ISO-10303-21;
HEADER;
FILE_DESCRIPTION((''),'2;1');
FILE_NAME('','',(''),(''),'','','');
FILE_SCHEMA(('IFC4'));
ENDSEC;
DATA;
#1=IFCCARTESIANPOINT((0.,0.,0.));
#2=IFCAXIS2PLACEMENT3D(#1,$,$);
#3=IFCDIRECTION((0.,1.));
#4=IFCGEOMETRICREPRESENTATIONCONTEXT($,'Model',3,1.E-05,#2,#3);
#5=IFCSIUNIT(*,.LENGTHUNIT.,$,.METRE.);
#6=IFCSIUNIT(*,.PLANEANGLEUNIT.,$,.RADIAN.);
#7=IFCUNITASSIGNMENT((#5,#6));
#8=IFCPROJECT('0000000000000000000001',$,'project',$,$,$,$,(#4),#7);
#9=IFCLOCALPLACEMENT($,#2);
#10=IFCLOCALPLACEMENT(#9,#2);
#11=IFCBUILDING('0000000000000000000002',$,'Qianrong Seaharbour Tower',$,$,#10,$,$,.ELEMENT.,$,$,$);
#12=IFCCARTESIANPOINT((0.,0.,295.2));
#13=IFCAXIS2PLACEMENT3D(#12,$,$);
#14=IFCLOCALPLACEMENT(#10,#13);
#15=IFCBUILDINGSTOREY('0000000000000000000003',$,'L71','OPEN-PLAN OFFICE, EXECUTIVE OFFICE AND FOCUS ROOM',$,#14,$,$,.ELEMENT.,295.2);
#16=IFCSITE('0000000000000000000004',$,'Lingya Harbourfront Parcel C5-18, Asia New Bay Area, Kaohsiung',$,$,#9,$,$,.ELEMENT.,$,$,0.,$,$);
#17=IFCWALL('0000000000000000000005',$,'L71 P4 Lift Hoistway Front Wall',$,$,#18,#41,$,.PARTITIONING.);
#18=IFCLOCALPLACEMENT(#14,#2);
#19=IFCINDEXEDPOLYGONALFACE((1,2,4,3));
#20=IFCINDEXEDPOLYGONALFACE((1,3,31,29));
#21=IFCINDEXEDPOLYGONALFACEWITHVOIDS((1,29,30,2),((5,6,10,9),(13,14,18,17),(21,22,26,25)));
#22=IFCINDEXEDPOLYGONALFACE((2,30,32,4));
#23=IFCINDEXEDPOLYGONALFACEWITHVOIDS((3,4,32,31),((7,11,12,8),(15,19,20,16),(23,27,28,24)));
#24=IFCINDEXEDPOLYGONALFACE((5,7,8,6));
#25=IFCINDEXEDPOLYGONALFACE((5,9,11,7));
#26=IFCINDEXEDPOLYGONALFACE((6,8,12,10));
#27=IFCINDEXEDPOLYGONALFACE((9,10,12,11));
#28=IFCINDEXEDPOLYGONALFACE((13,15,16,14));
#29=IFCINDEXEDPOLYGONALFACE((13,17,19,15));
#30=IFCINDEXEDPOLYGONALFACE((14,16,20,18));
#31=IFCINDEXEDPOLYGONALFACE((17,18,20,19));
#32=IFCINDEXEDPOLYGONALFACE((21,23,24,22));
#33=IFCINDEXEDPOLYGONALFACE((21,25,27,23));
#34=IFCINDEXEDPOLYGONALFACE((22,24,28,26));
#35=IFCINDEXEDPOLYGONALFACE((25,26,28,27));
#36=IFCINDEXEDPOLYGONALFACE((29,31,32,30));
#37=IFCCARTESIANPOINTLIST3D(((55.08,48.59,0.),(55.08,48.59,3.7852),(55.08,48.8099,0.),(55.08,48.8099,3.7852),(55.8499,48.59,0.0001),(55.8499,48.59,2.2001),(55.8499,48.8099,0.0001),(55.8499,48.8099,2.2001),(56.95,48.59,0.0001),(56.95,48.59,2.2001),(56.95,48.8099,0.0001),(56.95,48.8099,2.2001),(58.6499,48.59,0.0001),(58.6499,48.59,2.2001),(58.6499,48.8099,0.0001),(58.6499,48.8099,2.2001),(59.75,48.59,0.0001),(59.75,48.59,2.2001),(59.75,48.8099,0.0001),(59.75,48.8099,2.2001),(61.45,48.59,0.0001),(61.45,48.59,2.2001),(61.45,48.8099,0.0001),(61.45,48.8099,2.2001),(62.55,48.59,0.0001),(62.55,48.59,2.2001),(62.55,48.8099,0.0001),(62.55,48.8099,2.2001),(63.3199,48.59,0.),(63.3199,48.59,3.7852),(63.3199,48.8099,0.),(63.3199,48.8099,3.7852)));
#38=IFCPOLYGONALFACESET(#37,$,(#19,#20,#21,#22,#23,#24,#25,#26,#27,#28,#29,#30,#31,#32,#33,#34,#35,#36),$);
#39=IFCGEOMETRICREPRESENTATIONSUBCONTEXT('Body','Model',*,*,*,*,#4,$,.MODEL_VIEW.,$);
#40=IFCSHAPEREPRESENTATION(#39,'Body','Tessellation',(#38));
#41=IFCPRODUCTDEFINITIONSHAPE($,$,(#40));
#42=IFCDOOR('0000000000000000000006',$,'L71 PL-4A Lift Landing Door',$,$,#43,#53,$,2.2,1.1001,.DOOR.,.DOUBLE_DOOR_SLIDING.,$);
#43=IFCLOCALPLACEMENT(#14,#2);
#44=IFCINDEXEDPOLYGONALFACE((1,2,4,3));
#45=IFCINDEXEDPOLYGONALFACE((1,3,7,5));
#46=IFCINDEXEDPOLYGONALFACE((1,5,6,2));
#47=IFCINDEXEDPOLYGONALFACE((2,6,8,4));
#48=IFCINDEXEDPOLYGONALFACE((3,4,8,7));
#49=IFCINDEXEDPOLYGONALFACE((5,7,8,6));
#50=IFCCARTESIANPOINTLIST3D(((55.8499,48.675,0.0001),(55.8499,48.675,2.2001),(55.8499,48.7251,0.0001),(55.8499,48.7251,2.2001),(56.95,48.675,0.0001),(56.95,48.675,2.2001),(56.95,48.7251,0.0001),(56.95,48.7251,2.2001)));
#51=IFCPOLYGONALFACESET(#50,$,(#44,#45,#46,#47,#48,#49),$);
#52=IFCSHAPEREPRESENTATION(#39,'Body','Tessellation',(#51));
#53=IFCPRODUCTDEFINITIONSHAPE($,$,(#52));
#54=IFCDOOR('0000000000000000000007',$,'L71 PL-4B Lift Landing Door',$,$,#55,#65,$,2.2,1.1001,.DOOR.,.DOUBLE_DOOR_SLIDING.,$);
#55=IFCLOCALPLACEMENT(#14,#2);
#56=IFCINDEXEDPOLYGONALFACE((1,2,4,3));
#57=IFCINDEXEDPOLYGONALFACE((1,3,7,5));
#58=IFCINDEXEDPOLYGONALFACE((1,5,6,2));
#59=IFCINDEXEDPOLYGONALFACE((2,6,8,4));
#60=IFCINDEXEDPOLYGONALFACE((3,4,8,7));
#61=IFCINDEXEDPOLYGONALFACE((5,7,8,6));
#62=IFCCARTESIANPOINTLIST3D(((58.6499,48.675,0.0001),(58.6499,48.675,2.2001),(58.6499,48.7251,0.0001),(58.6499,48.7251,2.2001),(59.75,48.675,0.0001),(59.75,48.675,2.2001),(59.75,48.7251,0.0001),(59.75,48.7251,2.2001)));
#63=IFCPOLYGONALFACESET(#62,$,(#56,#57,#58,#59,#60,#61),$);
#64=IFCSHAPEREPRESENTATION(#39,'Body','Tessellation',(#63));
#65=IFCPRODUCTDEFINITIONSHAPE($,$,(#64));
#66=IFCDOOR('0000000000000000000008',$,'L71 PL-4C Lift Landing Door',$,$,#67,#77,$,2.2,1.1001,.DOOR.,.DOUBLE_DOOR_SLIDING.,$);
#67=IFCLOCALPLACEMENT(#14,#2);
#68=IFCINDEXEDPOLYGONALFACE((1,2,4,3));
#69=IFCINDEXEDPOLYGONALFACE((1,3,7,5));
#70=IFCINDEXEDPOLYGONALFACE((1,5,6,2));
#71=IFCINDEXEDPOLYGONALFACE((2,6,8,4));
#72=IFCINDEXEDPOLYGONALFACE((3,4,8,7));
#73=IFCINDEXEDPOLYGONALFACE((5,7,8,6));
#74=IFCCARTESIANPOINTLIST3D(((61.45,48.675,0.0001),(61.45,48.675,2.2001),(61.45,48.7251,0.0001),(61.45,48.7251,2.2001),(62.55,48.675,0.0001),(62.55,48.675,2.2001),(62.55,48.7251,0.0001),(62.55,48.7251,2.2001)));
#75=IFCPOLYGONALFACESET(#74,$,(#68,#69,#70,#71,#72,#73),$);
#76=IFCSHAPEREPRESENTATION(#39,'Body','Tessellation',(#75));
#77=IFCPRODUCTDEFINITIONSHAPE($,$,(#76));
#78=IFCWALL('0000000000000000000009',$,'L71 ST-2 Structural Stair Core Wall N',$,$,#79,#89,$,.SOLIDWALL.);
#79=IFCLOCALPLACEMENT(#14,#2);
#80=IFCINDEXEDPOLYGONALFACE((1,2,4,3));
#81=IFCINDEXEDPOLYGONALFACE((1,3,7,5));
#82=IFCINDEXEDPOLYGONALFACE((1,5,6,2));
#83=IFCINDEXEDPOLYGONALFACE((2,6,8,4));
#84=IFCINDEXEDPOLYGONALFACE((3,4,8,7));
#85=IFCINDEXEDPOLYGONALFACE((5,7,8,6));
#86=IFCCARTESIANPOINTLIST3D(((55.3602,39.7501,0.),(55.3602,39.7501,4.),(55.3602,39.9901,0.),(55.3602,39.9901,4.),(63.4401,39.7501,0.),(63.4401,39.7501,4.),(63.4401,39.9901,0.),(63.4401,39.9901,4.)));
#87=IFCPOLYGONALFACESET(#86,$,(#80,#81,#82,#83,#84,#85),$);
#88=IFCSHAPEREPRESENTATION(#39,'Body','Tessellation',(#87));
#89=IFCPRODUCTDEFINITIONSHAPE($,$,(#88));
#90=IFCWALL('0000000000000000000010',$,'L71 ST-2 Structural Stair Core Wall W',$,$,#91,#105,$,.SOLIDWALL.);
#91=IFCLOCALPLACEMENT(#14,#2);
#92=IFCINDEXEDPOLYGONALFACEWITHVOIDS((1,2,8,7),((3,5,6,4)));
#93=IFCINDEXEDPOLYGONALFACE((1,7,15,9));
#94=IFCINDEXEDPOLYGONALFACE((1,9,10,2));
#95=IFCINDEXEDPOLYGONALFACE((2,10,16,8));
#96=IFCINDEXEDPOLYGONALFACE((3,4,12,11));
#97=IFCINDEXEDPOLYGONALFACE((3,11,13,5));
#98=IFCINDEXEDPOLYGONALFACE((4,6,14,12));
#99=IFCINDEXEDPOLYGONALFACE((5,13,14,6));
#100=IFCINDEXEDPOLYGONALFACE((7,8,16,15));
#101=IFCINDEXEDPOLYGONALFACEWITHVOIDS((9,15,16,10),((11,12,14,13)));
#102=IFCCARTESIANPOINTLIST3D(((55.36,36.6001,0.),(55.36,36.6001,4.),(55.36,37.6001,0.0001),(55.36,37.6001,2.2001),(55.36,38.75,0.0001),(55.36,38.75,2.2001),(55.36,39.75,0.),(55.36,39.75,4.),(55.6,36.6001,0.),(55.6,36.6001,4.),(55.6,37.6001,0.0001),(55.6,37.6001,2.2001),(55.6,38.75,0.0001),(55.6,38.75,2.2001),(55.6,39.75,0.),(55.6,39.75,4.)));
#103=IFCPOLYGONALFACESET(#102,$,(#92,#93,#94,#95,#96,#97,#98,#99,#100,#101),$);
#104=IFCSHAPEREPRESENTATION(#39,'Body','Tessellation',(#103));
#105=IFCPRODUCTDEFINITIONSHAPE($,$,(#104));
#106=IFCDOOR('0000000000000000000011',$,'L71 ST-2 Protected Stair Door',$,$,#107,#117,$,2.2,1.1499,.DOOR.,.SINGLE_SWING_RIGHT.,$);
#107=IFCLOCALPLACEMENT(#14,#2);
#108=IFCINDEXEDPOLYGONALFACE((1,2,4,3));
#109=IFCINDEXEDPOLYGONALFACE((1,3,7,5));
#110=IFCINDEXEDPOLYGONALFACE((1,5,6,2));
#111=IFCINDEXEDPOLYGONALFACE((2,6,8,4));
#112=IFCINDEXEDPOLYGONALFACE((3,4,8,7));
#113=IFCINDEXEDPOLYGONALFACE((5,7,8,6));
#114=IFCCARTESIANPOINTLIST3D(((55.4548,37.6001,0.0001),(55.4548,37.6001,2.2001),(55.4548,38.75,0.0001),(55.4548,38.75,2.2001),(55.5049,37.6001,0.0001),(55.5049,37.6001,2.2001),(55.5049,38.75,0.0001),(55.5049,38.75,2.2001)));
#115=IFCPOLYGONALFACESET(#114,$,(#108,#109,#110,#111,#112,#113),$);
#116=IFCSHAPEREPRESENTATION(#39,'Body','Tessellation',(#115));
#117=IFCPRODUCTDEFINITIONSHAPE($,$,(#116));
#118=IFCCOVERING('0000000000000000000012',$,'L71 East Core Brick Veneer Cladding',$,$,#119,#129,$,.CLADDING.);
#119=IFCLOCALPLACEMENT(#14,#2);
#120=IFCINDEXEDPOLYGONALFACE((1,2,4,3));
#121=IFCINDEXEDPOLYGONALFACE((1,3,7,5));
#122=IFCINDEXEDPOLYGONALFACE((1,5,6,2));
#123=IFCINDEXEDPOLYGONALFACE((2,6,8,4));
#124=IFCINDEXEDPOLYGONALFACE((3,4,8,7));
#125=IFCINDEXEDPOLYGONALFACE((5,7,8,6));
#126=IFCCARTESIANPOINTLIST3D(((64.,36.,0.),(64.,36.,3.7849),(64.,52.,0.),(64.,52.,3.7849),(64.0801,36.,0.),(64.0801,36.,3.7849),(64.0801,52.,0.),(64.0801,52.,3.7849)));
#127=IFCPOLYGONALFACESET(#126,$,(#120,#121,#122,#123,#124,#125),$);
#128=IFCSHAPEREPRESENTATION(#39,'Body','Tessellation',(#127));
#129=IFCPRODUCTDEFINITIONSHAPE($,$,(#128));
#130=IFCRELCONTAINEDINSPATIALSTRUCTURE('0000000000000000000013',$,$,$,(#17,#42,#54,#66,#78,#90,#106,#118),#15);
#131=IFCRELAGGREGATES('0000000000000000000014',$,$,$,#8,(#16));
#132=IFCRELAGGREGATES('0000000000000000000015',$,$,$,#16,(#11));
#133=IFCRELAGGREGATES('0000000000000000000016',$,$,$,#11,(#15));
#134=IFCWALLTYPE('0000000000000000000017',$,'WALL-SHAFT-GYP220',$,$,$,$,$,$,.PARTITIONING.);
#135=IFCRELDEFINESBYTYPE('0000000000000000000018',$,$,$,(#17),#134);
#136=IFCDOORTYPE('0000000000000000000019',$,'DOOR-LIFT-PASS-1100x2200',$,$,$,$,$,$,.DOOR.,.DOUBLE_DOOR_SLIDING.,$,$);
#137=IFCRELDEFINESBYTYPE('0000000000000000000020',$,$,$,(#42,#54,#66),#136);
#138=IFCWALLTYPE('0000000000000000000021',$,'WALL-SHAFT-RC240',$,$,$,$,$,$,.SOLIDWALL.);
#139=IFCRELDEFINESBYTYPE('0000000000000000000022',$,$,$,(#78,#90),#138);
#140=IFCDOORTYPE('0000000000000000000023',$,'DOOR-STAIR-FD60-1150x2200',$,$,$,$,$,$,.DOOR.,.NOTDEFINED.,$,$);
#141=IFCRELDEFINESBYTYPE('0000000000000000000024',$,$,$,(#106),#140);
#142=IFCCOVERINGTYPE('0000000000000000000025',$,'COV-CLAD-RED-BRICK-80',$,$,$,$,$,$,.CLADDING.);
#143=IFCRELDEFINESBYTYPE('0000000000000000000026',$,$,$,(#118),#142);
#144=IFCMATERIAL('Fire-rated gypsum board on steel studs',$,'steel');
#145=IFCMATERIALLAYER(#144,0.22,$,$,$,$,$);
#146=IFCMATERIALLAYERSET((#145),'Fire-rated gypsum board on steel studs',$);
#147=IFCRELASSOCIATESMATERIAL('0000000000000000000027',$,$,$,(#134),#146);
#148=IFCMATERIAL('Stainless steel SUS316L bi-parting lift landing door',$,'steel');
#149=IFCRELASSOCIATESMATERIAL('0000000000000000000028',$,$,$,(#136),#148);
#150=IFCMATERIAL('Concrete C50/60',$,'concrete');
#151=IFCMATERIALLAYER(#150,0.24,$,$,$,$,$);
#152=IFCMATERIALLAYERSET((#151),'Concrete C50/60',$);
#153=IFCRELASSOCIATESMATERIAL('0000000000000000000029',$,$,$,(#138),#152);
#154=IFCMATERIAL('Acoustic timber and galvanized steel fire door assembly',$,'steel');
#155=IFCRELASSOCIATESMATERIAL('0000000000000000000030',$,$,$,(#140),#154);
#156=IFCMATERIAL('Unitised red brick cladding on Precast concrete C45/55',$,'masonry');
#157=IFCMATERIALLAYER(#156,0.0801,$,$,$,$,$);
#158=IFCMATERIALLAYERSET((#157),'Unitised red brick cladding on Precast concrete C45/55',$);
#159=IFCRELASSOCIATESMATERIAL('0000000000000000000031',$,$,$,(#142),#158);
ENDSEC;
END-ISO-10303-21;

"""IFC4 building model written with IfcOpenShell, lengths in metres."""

from ifc_helpers import new_model, si_unit, direction, frame, frame_2d, origin, origin_2d, place, context, subcontext, project, spatial, rectangle, extrude, material, layer, layer_set, type_object, element, fill, save


model = new_model("IFC4")

# Units and contexts
model_context = context("Model", 3, precision=1e-05, world=origin(), true_north=direction((0.0, 1.0)))
body_context = subcontext(model_context, "Body", "Model", "MODEL_VIEW")
ifc_project = project(units=[si_unit("LENGTHUNIT", "METRE"), si_unit("PLANEANGLEUNIT", "RADIAN")], contexts=[model_context])

# Site, building, storey
site_placement = place(None, origin())
site = spatial("IfcSite", under=ifc_project, at=site_placement, Name="Lingya Harbourfront Parcel C5-18, Asia New Bay Area, Kaohsiung", CompositionType="ELEMENT", RefElevation=0.0)
building_placement = place(site_placement, origin())
building = spatial("IfcBuilding", under=site, at=building_placement, Name="Qianrong Seaharbour Tower", CompositionType="ELEMENT")
storey_placement = place(building_placement, frame((0.0, 0.0, 295.2)))
storey = spatial("IfcBuildingStorey", under=building, at=storey_placement, Name="L71", Description="OPEN-PLAN OFFICE, EXECUTIVE OFFICE AND FOCUS ROOM", CompositionType="ELEMENT", Elevation=295.2)

# Shared definitions
ifc_material_1 = material(Name="Concrete C50/60", Category="concrete")

# Shared definitions
ifc_material_2 = material(Name="Acoustic timber and galvanized steel fire door assembly", Category="steel")

# Shared definitions
ifc_material_3 = material(Name="Fire-rated gypsum board on steel studs", Category="steel")

# Wall, openings, doors
ifc_layer_1 = layer(ifc_material_3, 0.22)
ifc_layer_set_1 = layer_set([ifc_layer_1], Name="Fire-rated gypsum board on steel studs")
wall_type_1 = type_object("IfcWallType", Name="WALL-SHAFT-GYP220", PredefinedType="PARTITIONING", material=ifc_layer_set_1)
wall_1_placement = place(storey_placement, frame((63.3201, 48.7, 0.0), z_axis=(0.0, 0.0, 1.0), x_axis=(-1.0, 0.0, 0.0)))
wall_1 = element("IfcWall", 1, at=wall_1_placement, inside=storey, type_object=wall_type_1, Name="L71 P4 Lift Hoistway Front Wall", PredefinedType="PARTITIONING", context=body_context, shape_type="SweptSolid", body=[
    extrude(rectangle(XDim=8.24, YDim=0.22, at=frame_2d((4.1201, 0.0))), origin(), (0.0, 0.0, 1.0), 3.7852),
])
opening_1_placement = place(wall_1_placement, frame((6.3701, 0.0, 0.0)))
opening_1 = element("IfcOpeningElement", 2, at=opening_1_placement, cuts=wall_1, PredefinedType="OPENING", context=body_context, shape_type="SweptSolid", body=[
    extrude(rectangle(XDim=1.1001, YDim=2.2, at=frame_2d((0.55, 1.1001))), frame((0.0, 0.1201, 0.0), z_axis=(0.0, -1.0, 0.0), x_axis=(1.0, 0.0, 0.0)), (0.0, 0.0, 1.0), 0.24),
])
opening_2_placement = place(wall_1_placement, frame((3.5701, 0.0, 0.0)))
opening_2 = element("IfcOpeningElement", 3, at=opening_2_placement, cuts=wall_1, PredefinedType="OPENING", context=body_context, shape_type="SweptSolid", body=[
    extrude(rectangle(XDim=1.1001, YDim=2.2, at=frame_2d((0.55, 1.1001))), frame((0.0, 0.1201, 0.0), z_axis=(0.0, -1.0, 0.0), x_axis=(1.0, 0.0, 0.0)), (0.0, 0.0, 1.0), 0.24),
])
opening_3_placement = place(wall_1_placement, frame((0.77, 0.0, 0.0)))
opening_3 = element("IfcOpeningElement", 4, at=opening_3_placement, cuts=wall_1, PredefinedType="OPENING", context=body_context, shape_type="SweptSolid", body=[
    extrude(rectangle(XDim=1.1001, YDim=2.2, at=frame_2d((0.55, 1.1001))), frame((0.0, 0.1201, 0.0), z_axis=(0.0, -1.0, 0.0), x_axis=(1.0, 0.0, 0.0)), (0.0, 0.0, 1.0), 0.24),
])
ifc_material_4 = material(Name="Stainless steel SUS316L bi-parting lift landing door", Category="steel")
door_type_1 = type_object("IfcDoorType", Name="DOOR-LIFT-PASS-1100x2200", OperationType="DOUBLE_DOOR_SLIDING", PredefinedType="DOOR", material=ifc_material_4)
door_1_placement = place(opening_1_placement, origin())
door_1 = element("IfcDoor", 5, at=door_1_placement, inside=storey, type_object=door_type_1, Name="L71 PL-4A Lift Landing Door", OperationType="DOUBLE_DOOR_SLIDING", OverallHeight=2.2, OverallWidth=1.1001, PredefinedType="DOOR", context=body_context, shape_type="SweptSolid", body=[
    extrude(rectangle(XDim=1.1001, YDim=2.2, at=frame_2d((0.55, 1.1001))), frame((0.0, 0.0249, 0.0), z_axis=(0.0, -1.0, 0.0), x_axis=(1.0, 0.0, 0.0)), (0.0, 0.0, 1.0), 0.05),
])
fill(opening_1, door_1)
door_2_placement = place(opening_2_placement, origin())
door_2 = element("IfcDoor", 6, at=door_2_placement, inside=storey, type_object=door_type_1, Name="L71 PL-4B Lift Landing Door", OperationType="DOUBLE_DOOR_SLIDING", OverallHeight=2.2, OverallWidth=1.1001, PredefinedType="DOOR", context=body_context, shape_type="SweptSolid", body=[
    extrude(rectangle(XDim=1.1001, YDim=2.2, at=frame_2d((0.55, 1.1001))), frame((0.0, 0.0249, 0.0), z_axis=(0.0, -1.0, 0.0), x_axis=(1.0, 0.0, 0.0)), (0.0, 0.0, 1.0), 0.05),
])
fill(opening_2, door_2)
door_3_placement = place(opening_3_placement, origin())
door_3 = element("IfcDoor", 7, at=door_3_placement, inside=storey, type_object=door_type_1, Name="L71 PL-4C Lift Landing Door", OperationType="DOUBLE_DOOR_SLIDING", OverallHeight=2.2, OverallWidth=1.1001, PredefinedType="DOOR", context=body_context, shape_type="SweptSolid", body=[
    extrude(rectangle(XDim=1.1001, YDim=2.2, at=frame_2d((0.55, 1.1001))), frame((0.0, 0.0249, 0.0), z_axis=(0.0, -1.0, 0.0), x_axis=(1.0, 0.0, 0.0)), (0.0, 0.0, 1.0), 0.05),
])
fill(opening_3, door_3)

# Wall
ifc_layer_2 = layer(ifc_material_1, 0.24)
ifc_layer_set_2 = layer_set([ifc_layer_2], Name="Concrete C50/60")
wall_type_2 = type_object("IfcWallType", Name="WALL-SHAFT-RC240", PredefinedType="SOLIDWALL", material=ifc_layer_set_2)
wall_2_placement = place(storey_placement, frame((55.3601, 39.8701, 0.0), z_axis=(0.0, 0.0, 1.0), x_axis=(1.0, 0.0, 0.0)))
element("IfcWall", 8, at=wall_2_placement, inside=storey, type_object=wall_type_2, Name="L71 ST-2 Structural Stair Core Wall N", PredefinedType="SOLIDWALL", context=body_context, shape_type="SweptSolid", body=[
    extrude(rectangle(XDim=8.0798, YDim=0.24, at=frame_2d((4.04, 0.0))), origin(), (0.0, 0.0, 1.0), 4.0),
])

# Wall, opening, door
wall_3_placement = place(storey_placement, frame((55.48, 39.75, 0.0), z_axis=(0.0, 0.0, 1.0), x_axis=(0.0, -1.0, 0.0)))
wall_3 = element("IfcWall", 9, at=wall_3_placement, inside=storey, type_object=wall_type_2, Name="L71 ST-2 Structural Stair Core Wall W", PredefinedType="SOLIDWALL", context=body_context, shape_type="SweptSolid", body=[
    extrude(rectangle(XDim=3.1499, YDim=0.24, at=frame_2d((1.575, 0.0))), origin(), (0.0, 0.0, 1.0), 4.0),
])
opening_4_placement = place(wall_3_placement, frame((1.0, 0.0, 0.0)))
opening_4 = element("IfcOpeningElement", 10, at=opening_4_placement, cuts=wall_3, PredefinedType="OPENING", context=body_context, shape_type="SweptSolid", body=[
    extrude(rectangle(XDim=1.1499, YDim=2.2, at=frame_2d((0.575, 1.1001))), frame((0.0, 0.1299, 0.0), z_axis=(0.0, -1.0, 0.0), x_axis=(1.0, 0.0, 0.0)), (0.0, 0.0, 1.0), 0.26),
])
door_type_2 = type_object("IfcDoorType", Name="DOOR-STAIR-FD60-1150x2200", OperationType="NOTDEFINED", PredefinedType="DOOR", material=ifc_material_2)
door_4_placement = place(opening_4_placement, origin())
door_4 = element("IfcDoor", 11, at=door_4_placement, inside=storey, type_object=door_type_2, Name="L71 ST-2 Protected Stair Door", OperationType="SINGLE_SWING_RIGHT", OverallHeight=2.2, OverallWidth=1.1499, PredefinedType="DOOR", context=body_context, shape_type="SweptSolid", body=[
    extrude(rectangle(XDim=1.1499, YDim=2.2, at=frame_2d((0.575, 1.1001))), frame((0.0, 0.0249, 0.0), z_axis=(0.0, -1.0, 0.0), x_axis=(1.0, 0.0, 0.0)), (0.0, 0.0, 1.0), 0.05),
])
fill(opening_4, door_4)

# Covering
ifc_material_5 = material(Name="Unitised red brick cladding on Precast concrete C45/55", Category="masonry")
ifc_layer_3 = layer(ifc_material_5, 0.0801)
ifc_layer_set_3 = layer_set([ifc_layer_3], Name="Unitised red brick cladding on Precast concrete C45/55")
covering_type = type_object("IfcCoveringType", Name="COV-CLAD-RED-BRICK-80", PredefinedType="CLADDING", material=ifc_layer_set_3)
covering_placement = place(storey_placement, frame((64.04, 44.0, 0.0), z_axis=(0.0, 0.0, 1.0), x_axis=(1.0, 0.0, 0.0)))
element("IfcCovering", 12, at=covering_placement, inside=storey, type_object=covering_type, Name="L71 East Core Brick Veneer Cladding", PredefinedType="CLADDING", context=body_context, shape_type="SweptSolid", body=[
    extrude(rectangle(XDim=0.0801, YDim=16.0, at=origin_2d()), origin(), (0.0, 0.0, 1.0), 3.7849),
])

save(model, "model.ifc")
